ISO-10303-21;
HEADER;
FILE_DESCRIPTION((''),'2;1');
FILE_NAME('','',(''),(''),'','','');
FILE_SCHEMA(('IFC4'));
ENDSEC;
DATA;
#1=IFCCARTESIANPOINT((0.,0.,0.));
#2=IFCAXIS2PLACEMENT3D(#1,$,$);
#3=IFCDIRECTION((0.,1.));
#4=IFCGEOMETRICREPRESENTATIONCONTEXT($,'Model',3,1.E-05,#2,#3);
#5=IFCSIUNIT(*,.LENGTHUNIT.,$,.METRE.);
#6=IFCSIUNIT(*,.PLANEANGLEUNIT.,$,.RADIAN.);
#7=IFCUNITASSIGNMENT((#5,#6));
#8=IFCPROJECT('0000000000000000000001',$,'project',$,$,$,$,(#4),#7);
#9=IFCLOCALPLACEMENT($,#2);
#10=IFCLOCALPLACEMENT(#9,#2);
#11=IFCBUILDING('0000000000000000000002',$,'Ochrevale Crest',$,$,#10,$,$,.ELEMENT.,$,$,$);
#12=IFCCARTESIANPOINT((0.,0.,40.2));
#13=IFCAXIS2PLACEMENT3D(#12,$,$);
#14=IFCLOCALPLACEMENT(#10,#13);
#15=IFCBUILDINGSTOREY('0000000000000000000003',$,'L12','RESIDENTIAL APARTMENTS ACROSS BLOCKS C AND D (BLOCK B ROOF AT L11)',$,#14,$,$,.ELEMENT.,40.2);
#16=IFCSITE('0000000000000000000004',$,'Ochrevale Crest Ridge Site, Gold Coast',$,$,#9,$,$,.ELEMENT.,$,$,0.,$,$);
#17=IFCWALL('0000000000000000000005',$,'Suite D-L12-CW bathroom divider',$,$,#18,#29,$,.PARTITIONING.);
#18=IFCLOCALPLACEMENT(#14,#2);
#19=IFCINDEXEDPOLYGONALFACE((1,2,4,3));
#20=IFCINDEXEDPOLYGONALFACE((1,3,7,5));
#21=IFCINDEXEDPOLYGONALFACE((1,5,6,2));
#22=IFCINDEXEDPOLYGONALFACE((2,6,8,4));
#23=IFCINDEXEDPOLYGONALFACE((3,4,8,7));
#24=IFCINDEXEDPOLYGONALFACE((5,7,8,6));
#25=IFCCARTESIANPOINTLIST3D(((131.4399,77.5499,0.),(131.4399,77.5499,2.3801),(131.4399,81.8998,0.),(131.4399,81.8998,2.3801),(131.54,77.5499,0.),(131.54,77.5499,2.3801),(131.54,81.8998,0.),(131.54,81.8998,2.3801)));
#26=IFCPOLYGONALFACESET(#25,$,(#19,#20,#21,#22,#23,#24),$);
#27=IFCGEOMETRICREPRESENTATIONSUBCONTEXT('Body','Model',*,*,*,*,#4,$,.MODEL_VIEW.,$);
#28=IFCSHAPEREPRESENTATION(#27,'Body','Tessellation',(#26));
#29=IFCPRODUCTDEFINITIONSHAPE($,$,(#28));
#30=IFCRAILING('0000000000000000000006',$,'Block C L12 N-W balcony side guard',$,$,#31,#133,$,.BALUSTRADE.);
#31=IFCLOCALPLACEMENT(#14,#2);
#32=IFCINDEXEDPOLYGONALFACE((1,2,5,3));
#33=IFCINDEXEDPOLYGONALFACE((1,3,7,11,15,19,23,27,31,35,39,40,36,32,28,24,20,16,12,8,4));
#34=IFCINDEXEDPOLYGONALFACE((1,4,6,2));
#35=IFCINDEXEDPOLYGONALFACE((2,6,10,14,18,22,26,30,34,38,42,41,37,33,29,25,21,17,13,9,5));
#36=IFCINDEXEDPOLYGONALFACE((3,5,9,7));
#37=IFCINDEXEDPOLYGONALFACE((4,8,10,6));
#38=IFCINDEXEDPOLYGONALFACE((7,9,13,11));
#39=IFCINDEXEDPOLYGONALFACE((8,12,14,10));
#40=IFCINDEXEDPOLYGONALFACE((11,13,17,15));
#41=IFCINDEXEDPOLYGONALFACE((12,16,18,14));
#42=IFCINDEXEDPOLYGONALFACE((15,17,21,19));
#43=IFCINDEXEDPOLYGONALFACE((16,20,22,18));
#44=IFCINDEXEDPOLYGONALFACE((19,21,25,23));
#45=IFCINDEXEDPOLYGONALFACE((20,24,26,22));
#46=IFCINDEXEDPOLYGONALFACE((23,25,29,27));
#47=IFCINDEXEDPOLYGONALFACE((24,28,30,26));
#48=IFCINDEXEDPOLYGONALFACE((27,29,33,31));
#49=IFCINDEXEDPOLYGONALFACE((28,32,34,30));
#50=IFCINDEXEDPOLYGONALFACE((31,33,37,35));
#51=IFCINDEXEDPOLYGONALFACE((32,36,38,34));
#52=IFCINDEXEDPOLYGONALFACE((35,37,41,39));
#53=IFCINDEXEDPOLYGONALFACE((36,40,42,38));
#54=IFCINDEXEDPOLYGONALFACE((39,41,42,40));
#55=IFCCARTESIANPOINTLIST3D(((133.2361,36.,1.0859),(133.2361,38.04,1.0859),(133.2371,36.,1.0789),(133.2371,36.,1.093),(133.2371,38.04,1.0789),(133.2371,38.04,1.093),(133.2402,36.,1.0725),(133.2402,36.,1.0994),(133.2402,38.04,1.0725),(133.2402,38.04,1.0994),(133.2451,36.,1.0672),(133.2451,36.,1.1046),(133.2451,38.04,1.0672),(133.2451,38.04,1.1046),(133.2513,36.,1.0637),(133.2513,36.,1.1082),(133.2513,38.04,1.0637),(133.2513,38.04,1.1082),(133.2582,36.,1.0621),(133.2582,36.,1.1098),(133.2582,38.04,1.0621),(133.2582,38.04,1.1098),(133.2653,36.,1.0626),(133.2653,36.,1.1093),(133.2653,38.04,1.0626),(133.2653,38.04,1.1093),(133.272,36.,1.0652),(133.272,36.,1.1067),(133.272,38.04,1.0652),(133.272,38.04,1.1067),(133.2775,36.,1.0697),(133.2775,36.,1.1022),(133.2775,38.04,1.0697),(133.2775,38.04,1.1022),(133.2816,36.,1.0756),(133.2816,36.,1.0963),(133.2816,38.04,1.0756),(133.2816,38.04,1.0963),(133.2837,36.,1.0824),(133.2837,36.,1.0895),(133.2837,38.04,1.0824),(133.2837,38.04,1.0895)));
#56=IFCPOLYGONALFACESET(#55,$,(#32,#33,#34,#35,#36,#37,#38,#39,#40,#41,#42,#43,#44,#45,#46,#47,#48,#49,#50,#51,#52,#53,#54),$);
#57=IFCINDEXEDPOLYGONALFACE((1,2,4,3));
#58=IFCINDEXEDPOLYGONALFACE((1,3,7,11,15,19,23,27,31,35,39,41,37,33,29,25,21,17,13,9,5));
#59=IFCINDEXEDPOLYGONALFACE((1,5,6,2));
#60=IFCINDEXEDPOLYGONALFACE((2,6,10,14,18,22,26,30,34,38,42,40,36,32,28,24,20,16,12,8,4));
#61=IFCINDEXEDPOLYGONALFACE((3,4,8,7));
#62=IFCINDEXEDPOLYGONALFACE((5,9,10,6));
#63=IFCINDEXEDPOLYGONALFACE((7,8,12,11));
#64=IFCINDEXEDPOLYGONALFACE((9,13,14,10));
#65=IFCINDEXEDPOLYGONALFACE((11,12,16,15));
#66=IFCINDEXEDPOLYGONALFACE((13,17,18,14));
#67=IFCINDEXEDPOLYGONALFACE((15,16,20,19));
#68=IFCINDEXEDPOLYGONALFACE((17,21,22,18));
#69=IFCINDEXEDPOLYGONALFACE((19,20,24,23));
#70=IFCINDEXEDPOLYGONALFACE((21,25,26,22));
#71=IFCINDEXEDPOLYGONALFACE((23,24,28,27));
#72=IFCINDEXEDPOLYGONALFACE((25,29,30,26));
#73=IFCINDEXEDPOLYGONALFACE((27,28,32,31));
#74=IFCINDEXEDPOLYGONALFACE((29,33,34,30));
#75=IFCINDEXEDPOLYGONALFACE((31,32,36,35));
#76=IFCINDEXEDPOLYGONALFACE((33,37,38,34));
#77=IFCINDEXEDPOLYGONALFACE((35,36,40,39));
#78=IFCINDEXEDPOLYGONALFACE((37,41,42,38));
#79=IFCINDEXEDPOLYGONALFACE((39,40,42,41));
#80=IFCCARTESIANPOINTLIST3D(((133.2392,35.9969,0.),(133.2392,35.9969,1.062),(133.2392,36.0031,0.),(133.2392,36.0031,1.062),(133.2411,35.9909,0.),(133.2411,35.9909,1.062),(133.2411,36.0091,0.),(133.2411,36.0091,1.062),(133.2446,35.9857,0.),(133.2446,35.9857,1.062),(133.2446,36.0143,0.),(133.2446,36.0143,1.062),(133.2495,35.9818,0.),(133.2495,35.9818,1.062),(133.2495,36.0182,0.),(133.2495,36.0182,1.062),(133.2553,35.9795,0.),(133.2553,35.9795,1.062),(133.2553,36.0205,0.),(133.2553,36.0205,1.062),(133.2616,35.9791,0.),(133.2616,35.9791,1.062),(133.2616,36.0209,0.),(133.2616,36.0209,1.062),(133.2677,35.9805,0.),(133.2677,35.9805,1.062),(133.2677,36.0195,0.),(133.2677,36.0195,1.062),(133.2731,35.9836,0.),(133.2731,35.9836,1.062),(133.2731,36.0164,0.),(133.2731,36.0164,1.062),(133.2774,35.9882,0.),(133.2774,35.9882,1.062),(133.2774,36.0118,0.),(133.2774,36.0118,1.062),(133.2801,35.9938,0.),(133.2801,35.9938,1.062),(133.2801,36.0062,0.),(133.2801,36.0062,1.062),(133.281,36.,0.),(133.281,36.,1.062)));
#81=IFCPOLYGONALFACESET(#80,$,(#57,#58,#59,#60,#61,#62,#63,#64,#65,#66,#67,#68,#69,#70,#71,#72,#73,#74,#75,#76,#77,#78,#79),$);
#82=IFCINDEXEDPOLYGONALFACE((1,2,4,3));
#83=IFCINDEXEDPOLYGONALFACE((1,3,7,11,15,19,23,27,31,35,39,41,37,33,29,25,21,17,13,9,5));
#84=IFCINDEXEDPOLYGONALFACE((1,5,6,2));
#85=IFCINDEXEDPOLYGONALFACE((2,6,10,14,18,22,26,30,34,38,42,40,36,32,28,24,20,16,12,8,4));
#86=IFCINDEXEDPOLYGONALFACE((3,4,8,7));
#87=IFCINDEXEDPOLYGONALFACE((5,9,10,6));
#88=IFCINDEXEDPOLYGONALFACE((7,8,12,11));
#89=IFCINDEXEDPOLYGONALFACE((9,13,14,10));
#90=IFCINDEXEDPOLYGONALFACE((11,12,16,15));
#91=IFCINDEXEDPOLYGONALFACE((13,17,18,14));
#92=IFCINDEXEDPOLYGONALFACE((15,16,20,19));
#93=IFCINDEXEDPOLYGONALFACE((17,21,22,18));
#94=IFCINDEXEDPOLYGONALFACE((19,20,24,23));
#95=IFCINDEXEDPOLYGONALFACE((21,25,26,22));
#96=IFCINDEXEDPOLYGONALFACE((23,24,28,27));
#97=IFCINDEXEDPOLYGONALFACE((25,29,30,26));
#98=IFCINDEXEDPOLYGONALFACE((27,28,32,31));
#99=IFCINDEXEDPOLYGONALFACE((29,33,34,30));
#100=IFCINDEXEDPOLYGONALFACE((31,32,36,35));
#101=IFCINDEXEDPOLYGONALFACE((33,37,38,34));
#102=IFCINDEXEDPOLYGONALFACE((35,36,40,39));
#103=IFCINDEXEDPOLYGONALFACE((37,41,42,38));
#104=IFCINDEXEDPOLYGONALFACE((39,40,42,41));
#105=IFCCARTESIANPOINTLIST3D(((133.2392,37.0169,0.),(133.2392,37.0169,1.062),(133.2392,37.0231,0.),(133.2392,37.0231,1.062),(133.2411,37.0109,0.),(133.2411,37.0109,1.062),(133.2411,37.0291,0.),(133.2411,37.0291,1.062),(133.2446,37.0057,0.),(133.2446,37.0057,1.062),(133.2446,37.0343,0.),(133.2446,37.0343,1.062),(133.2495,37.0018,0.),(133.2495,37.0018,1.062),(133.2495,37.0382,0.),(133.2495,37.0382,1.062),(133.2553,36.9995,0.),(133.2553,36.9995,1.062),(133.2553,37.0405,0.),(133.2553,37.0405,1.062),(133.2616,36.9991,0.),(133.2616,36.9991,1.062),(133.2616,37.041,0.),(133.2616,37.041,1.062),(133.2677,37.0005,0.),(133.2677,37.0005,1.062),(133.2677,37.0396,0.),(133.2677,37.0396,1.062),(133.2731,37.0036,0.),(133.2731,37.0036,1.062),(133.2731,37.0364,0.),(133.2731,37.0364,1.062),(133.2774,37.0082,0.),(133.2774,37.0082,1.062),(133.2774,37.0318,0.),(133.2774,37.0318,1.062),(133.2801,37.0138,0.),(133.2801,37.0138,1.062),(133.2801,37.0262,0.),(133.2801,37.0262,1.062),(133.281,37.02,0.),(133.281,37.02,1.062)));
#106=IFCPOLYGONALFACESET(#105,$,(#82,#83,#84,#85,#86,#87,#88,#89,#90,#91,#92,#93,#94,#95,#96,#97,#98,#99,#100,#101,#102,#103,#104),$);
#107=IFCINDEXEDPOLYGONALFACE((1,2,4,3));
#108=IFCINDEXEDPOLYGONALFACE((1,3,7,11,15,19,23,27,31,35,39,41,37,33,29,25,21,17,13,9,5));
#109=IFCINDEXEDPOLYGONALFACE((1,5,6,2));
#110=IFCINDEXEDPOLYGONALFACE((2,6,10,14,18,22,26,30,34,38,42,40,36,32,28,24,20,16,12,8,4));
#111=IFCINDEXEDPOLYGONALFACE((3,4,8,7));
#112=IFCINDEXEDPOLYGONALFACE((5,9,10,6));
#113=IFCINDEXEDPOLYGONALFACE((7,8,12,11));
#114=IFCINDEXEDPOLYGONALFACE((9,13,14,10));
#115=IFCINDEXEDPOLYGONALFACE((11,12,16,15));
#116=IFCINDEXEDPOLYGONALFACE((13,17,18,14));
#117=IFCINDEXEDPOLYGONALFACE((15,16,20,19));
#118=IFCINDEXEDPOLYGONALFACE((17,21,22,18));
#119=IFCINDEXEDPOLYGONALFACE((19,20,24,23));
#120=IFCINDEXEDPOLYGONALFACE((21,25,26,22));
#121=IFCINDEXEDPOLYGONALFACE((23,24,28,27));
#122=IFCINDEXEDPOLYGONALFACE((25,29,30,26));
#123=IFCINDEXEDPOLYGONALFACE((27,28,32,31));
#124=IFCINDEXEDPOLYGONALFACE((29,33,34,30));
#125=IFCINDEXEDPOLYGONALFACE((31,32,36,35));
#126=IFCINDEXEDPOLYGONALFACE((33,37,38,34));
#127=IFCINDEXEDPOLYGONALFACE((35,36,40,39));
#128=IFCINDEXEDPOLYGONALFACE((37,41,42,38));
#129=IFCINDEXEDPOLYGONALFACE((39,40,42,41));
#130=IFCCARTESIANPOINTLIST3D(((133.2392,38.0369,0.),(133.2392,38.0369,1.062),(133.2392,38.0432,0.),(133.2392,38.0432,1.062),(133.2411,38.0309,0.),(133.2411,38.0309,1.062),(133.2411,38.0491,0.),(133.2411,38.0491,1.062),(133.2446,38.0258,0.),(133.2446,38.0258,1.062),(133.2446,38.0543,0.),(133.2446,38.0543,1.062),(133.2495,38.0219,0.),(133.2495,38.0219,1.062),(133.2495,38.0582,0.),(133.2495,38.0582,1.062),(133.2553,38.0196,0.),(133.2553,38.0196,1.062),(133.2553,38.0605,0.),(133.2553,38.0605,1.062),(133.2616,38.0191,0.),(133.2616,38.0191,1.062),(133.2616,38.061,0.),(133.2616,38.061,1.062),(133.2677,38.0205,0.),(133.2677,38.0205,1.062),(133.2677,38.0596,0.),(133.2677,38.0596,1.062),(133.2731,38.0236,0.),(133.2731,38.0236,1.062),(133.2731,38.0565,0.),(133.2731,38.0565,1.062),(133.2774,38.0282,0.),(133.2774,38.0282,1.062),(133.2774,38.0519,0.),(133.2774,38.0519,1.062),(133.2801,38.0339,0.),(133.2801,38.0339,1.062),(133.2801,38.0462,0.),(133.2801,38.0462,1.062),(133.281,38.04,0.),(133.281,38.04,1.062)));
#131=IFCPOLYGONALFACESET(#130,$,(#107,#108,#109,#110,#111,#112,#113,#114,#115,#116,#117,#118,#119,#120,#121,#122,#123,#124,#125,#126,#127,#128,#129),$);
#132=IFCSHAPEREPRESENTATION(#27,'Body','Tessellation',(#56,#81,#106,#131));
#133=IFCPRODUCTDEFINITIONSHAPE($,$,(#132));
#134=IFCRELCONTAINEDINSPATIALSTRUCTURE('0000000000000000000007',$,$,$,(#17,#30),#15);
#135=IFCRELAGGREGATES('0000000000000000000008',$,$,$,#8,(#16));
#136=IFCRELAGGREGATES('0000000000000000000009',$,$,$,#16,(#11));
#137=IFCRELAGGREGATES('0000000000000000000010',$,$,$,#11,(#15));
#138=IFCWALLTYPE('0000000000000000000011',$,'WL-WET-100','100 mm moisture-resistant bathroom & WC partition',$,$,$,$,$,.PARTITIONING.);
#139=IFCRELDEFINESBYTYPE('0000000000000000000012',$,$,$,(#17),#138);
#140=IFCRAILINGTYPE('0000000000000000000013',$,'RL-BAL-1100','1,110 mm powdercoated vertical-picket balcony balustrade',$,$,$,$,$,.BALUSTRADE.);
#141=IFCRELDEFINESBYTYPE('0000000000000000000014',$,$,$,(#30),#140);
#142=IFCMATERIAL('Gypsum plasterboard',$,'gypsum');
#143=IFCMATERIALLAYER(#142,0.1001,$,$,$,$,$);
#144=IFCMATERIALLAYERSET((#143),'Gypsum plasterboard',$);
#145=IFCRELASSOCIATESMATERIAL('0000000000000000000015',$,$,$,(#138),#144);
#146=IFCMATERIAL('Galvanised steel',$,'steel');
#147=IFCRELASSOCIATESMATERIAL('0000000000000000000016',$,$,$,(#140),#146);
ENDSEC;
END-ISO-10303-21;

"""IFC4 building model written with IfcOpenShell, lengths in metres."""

from ifc_helpers import new_model, si_unit, direction, frame, frame_2d, origin, origin_2d, place, context, subcontext, project, spatial, rectangle, circle, extrude, material, layer, layer_set, type_object, element, save


model = new_model("IFC4")

# Units and contexts
model_context = context("Model", 3, precision=1e-05, world=origin(), true_north=direction((0.0, 1.0)))
body_context = subcontext(model_context, "Body", "Model", "MODEL_VIEW")
ifc_project = project(units=[si_unit("LENGTHUNIT", "METRE"), si_unit("PLANEANGLEUNIT", "RADIAN")], contexts=[model_context])

# Site, building, storey
site_placement = place(None, origin())
site = spatial("IfcSite", under=ifc_project, at=site_placement, Name="Ochrevale Crest Ridge Site, Gold Coast", CompositionType="ELEMENT", RefElevation=0.0)
building_placement = place(site_placement, origin())
building = spatial("IfcBuilding", under=site, at=building_placement, Name="Ochrevale Crest", CompositionType="ELEMENT")
storey_placement = place(building_placement, frame((0.0, 0.0, 40.2)))
storey = spatial("IfcBuildingStorey", under=building, at=storey_placement, Name="L12", Description="RESIDENTIAL APARTMENTS ACROSS BLOCKS C AND D (BLOCK B ROOF AT L11)", CompositionType="ELEMENT", Elevation=40.2)

# Wall
ifc_material_1 = material(Name="Gypsum plasterboard", Category="gypsum")
ifc_layer_1 = layer(ifc_material_1, 0.1001)
ifc_layer_set_1 = layer_set([ifc_layer_1], Name="Gypsum plasterboard")
wall_type_1 = type_object("IfcWallType", Name="WL-WET-100", Description="100 mm moisture-resistant bathroom & WC partition", PredefinedType="PARTITIONING", material=ifc_layer_set_1)
wall_1_placement = place(storey_placement, frame((131.49, 77.55, 0.0), z_axis=(0.0, 0.0, 1.0), x_axis=(0.0, 1.0, 0.0)))
element("IfcWall", 1, at=wall_1_placement, inside=storey, type_object=wall_type_1, Name="Suite D-L12-CW bathroom divider", PredefinedType="PARTITIONING", context=body_context, shape_type="SweptSolid", body=[
    extrude(rectangle(XDim=4.3499, YDim=0.1001, at=frame_2d((2.1748, 0.0))), origin(), (0.0, 0.0, 1.0), 2.3801),
])

# Railing
ifc_material_2 = material(Name="Galvanised steel", Category="steel")
railing_type = type_object("IfcRailingType", Name="RL-BAL-1100", Description="1,110 mm powdercoated vertical-picket balcony balustrade", PredefinedType="BALUSTRADE", material=ifc_material_2)
railing_1_placement = place(storey_placement, frame((133.26, 36.0, 0.0)))
element("IfcRailing", 2, at=railing_1_placement, inside=storey, type_object=railing_type, Name="Block C L12 N-W balcony side guard", PredefinedType="BALUSTRADE", context=body_context, shape_type="SweptSolid", body=[
    extrude(circle(Radius=0.0239, at=origin_2d()), frame((0.0, 0.0, 1.0859), z_axis=(0.0, 1.0, 0.0), x_axis=(-1.0, 0.0, 0.0)), (0.0, 0.0, 1.0), 2.04),
    extrude(circle(Radius=0.021, at=origin_2d()), origin(), (0.0, 0.0, 1.0), 1.062),
    extrude(circle(Radius=0.021, at=origin_2d()), frame((0.0, 1.02, 0.0)), (0.0, 0.0, 1.0), 1.062),
    extrude(circle(Radius=0.021, at=origin_2d()), frame((0.0, 2.04, 0.0)), (0.0, 0.0, 1.0), 1.062),
])

save(model, "model.ifc")
